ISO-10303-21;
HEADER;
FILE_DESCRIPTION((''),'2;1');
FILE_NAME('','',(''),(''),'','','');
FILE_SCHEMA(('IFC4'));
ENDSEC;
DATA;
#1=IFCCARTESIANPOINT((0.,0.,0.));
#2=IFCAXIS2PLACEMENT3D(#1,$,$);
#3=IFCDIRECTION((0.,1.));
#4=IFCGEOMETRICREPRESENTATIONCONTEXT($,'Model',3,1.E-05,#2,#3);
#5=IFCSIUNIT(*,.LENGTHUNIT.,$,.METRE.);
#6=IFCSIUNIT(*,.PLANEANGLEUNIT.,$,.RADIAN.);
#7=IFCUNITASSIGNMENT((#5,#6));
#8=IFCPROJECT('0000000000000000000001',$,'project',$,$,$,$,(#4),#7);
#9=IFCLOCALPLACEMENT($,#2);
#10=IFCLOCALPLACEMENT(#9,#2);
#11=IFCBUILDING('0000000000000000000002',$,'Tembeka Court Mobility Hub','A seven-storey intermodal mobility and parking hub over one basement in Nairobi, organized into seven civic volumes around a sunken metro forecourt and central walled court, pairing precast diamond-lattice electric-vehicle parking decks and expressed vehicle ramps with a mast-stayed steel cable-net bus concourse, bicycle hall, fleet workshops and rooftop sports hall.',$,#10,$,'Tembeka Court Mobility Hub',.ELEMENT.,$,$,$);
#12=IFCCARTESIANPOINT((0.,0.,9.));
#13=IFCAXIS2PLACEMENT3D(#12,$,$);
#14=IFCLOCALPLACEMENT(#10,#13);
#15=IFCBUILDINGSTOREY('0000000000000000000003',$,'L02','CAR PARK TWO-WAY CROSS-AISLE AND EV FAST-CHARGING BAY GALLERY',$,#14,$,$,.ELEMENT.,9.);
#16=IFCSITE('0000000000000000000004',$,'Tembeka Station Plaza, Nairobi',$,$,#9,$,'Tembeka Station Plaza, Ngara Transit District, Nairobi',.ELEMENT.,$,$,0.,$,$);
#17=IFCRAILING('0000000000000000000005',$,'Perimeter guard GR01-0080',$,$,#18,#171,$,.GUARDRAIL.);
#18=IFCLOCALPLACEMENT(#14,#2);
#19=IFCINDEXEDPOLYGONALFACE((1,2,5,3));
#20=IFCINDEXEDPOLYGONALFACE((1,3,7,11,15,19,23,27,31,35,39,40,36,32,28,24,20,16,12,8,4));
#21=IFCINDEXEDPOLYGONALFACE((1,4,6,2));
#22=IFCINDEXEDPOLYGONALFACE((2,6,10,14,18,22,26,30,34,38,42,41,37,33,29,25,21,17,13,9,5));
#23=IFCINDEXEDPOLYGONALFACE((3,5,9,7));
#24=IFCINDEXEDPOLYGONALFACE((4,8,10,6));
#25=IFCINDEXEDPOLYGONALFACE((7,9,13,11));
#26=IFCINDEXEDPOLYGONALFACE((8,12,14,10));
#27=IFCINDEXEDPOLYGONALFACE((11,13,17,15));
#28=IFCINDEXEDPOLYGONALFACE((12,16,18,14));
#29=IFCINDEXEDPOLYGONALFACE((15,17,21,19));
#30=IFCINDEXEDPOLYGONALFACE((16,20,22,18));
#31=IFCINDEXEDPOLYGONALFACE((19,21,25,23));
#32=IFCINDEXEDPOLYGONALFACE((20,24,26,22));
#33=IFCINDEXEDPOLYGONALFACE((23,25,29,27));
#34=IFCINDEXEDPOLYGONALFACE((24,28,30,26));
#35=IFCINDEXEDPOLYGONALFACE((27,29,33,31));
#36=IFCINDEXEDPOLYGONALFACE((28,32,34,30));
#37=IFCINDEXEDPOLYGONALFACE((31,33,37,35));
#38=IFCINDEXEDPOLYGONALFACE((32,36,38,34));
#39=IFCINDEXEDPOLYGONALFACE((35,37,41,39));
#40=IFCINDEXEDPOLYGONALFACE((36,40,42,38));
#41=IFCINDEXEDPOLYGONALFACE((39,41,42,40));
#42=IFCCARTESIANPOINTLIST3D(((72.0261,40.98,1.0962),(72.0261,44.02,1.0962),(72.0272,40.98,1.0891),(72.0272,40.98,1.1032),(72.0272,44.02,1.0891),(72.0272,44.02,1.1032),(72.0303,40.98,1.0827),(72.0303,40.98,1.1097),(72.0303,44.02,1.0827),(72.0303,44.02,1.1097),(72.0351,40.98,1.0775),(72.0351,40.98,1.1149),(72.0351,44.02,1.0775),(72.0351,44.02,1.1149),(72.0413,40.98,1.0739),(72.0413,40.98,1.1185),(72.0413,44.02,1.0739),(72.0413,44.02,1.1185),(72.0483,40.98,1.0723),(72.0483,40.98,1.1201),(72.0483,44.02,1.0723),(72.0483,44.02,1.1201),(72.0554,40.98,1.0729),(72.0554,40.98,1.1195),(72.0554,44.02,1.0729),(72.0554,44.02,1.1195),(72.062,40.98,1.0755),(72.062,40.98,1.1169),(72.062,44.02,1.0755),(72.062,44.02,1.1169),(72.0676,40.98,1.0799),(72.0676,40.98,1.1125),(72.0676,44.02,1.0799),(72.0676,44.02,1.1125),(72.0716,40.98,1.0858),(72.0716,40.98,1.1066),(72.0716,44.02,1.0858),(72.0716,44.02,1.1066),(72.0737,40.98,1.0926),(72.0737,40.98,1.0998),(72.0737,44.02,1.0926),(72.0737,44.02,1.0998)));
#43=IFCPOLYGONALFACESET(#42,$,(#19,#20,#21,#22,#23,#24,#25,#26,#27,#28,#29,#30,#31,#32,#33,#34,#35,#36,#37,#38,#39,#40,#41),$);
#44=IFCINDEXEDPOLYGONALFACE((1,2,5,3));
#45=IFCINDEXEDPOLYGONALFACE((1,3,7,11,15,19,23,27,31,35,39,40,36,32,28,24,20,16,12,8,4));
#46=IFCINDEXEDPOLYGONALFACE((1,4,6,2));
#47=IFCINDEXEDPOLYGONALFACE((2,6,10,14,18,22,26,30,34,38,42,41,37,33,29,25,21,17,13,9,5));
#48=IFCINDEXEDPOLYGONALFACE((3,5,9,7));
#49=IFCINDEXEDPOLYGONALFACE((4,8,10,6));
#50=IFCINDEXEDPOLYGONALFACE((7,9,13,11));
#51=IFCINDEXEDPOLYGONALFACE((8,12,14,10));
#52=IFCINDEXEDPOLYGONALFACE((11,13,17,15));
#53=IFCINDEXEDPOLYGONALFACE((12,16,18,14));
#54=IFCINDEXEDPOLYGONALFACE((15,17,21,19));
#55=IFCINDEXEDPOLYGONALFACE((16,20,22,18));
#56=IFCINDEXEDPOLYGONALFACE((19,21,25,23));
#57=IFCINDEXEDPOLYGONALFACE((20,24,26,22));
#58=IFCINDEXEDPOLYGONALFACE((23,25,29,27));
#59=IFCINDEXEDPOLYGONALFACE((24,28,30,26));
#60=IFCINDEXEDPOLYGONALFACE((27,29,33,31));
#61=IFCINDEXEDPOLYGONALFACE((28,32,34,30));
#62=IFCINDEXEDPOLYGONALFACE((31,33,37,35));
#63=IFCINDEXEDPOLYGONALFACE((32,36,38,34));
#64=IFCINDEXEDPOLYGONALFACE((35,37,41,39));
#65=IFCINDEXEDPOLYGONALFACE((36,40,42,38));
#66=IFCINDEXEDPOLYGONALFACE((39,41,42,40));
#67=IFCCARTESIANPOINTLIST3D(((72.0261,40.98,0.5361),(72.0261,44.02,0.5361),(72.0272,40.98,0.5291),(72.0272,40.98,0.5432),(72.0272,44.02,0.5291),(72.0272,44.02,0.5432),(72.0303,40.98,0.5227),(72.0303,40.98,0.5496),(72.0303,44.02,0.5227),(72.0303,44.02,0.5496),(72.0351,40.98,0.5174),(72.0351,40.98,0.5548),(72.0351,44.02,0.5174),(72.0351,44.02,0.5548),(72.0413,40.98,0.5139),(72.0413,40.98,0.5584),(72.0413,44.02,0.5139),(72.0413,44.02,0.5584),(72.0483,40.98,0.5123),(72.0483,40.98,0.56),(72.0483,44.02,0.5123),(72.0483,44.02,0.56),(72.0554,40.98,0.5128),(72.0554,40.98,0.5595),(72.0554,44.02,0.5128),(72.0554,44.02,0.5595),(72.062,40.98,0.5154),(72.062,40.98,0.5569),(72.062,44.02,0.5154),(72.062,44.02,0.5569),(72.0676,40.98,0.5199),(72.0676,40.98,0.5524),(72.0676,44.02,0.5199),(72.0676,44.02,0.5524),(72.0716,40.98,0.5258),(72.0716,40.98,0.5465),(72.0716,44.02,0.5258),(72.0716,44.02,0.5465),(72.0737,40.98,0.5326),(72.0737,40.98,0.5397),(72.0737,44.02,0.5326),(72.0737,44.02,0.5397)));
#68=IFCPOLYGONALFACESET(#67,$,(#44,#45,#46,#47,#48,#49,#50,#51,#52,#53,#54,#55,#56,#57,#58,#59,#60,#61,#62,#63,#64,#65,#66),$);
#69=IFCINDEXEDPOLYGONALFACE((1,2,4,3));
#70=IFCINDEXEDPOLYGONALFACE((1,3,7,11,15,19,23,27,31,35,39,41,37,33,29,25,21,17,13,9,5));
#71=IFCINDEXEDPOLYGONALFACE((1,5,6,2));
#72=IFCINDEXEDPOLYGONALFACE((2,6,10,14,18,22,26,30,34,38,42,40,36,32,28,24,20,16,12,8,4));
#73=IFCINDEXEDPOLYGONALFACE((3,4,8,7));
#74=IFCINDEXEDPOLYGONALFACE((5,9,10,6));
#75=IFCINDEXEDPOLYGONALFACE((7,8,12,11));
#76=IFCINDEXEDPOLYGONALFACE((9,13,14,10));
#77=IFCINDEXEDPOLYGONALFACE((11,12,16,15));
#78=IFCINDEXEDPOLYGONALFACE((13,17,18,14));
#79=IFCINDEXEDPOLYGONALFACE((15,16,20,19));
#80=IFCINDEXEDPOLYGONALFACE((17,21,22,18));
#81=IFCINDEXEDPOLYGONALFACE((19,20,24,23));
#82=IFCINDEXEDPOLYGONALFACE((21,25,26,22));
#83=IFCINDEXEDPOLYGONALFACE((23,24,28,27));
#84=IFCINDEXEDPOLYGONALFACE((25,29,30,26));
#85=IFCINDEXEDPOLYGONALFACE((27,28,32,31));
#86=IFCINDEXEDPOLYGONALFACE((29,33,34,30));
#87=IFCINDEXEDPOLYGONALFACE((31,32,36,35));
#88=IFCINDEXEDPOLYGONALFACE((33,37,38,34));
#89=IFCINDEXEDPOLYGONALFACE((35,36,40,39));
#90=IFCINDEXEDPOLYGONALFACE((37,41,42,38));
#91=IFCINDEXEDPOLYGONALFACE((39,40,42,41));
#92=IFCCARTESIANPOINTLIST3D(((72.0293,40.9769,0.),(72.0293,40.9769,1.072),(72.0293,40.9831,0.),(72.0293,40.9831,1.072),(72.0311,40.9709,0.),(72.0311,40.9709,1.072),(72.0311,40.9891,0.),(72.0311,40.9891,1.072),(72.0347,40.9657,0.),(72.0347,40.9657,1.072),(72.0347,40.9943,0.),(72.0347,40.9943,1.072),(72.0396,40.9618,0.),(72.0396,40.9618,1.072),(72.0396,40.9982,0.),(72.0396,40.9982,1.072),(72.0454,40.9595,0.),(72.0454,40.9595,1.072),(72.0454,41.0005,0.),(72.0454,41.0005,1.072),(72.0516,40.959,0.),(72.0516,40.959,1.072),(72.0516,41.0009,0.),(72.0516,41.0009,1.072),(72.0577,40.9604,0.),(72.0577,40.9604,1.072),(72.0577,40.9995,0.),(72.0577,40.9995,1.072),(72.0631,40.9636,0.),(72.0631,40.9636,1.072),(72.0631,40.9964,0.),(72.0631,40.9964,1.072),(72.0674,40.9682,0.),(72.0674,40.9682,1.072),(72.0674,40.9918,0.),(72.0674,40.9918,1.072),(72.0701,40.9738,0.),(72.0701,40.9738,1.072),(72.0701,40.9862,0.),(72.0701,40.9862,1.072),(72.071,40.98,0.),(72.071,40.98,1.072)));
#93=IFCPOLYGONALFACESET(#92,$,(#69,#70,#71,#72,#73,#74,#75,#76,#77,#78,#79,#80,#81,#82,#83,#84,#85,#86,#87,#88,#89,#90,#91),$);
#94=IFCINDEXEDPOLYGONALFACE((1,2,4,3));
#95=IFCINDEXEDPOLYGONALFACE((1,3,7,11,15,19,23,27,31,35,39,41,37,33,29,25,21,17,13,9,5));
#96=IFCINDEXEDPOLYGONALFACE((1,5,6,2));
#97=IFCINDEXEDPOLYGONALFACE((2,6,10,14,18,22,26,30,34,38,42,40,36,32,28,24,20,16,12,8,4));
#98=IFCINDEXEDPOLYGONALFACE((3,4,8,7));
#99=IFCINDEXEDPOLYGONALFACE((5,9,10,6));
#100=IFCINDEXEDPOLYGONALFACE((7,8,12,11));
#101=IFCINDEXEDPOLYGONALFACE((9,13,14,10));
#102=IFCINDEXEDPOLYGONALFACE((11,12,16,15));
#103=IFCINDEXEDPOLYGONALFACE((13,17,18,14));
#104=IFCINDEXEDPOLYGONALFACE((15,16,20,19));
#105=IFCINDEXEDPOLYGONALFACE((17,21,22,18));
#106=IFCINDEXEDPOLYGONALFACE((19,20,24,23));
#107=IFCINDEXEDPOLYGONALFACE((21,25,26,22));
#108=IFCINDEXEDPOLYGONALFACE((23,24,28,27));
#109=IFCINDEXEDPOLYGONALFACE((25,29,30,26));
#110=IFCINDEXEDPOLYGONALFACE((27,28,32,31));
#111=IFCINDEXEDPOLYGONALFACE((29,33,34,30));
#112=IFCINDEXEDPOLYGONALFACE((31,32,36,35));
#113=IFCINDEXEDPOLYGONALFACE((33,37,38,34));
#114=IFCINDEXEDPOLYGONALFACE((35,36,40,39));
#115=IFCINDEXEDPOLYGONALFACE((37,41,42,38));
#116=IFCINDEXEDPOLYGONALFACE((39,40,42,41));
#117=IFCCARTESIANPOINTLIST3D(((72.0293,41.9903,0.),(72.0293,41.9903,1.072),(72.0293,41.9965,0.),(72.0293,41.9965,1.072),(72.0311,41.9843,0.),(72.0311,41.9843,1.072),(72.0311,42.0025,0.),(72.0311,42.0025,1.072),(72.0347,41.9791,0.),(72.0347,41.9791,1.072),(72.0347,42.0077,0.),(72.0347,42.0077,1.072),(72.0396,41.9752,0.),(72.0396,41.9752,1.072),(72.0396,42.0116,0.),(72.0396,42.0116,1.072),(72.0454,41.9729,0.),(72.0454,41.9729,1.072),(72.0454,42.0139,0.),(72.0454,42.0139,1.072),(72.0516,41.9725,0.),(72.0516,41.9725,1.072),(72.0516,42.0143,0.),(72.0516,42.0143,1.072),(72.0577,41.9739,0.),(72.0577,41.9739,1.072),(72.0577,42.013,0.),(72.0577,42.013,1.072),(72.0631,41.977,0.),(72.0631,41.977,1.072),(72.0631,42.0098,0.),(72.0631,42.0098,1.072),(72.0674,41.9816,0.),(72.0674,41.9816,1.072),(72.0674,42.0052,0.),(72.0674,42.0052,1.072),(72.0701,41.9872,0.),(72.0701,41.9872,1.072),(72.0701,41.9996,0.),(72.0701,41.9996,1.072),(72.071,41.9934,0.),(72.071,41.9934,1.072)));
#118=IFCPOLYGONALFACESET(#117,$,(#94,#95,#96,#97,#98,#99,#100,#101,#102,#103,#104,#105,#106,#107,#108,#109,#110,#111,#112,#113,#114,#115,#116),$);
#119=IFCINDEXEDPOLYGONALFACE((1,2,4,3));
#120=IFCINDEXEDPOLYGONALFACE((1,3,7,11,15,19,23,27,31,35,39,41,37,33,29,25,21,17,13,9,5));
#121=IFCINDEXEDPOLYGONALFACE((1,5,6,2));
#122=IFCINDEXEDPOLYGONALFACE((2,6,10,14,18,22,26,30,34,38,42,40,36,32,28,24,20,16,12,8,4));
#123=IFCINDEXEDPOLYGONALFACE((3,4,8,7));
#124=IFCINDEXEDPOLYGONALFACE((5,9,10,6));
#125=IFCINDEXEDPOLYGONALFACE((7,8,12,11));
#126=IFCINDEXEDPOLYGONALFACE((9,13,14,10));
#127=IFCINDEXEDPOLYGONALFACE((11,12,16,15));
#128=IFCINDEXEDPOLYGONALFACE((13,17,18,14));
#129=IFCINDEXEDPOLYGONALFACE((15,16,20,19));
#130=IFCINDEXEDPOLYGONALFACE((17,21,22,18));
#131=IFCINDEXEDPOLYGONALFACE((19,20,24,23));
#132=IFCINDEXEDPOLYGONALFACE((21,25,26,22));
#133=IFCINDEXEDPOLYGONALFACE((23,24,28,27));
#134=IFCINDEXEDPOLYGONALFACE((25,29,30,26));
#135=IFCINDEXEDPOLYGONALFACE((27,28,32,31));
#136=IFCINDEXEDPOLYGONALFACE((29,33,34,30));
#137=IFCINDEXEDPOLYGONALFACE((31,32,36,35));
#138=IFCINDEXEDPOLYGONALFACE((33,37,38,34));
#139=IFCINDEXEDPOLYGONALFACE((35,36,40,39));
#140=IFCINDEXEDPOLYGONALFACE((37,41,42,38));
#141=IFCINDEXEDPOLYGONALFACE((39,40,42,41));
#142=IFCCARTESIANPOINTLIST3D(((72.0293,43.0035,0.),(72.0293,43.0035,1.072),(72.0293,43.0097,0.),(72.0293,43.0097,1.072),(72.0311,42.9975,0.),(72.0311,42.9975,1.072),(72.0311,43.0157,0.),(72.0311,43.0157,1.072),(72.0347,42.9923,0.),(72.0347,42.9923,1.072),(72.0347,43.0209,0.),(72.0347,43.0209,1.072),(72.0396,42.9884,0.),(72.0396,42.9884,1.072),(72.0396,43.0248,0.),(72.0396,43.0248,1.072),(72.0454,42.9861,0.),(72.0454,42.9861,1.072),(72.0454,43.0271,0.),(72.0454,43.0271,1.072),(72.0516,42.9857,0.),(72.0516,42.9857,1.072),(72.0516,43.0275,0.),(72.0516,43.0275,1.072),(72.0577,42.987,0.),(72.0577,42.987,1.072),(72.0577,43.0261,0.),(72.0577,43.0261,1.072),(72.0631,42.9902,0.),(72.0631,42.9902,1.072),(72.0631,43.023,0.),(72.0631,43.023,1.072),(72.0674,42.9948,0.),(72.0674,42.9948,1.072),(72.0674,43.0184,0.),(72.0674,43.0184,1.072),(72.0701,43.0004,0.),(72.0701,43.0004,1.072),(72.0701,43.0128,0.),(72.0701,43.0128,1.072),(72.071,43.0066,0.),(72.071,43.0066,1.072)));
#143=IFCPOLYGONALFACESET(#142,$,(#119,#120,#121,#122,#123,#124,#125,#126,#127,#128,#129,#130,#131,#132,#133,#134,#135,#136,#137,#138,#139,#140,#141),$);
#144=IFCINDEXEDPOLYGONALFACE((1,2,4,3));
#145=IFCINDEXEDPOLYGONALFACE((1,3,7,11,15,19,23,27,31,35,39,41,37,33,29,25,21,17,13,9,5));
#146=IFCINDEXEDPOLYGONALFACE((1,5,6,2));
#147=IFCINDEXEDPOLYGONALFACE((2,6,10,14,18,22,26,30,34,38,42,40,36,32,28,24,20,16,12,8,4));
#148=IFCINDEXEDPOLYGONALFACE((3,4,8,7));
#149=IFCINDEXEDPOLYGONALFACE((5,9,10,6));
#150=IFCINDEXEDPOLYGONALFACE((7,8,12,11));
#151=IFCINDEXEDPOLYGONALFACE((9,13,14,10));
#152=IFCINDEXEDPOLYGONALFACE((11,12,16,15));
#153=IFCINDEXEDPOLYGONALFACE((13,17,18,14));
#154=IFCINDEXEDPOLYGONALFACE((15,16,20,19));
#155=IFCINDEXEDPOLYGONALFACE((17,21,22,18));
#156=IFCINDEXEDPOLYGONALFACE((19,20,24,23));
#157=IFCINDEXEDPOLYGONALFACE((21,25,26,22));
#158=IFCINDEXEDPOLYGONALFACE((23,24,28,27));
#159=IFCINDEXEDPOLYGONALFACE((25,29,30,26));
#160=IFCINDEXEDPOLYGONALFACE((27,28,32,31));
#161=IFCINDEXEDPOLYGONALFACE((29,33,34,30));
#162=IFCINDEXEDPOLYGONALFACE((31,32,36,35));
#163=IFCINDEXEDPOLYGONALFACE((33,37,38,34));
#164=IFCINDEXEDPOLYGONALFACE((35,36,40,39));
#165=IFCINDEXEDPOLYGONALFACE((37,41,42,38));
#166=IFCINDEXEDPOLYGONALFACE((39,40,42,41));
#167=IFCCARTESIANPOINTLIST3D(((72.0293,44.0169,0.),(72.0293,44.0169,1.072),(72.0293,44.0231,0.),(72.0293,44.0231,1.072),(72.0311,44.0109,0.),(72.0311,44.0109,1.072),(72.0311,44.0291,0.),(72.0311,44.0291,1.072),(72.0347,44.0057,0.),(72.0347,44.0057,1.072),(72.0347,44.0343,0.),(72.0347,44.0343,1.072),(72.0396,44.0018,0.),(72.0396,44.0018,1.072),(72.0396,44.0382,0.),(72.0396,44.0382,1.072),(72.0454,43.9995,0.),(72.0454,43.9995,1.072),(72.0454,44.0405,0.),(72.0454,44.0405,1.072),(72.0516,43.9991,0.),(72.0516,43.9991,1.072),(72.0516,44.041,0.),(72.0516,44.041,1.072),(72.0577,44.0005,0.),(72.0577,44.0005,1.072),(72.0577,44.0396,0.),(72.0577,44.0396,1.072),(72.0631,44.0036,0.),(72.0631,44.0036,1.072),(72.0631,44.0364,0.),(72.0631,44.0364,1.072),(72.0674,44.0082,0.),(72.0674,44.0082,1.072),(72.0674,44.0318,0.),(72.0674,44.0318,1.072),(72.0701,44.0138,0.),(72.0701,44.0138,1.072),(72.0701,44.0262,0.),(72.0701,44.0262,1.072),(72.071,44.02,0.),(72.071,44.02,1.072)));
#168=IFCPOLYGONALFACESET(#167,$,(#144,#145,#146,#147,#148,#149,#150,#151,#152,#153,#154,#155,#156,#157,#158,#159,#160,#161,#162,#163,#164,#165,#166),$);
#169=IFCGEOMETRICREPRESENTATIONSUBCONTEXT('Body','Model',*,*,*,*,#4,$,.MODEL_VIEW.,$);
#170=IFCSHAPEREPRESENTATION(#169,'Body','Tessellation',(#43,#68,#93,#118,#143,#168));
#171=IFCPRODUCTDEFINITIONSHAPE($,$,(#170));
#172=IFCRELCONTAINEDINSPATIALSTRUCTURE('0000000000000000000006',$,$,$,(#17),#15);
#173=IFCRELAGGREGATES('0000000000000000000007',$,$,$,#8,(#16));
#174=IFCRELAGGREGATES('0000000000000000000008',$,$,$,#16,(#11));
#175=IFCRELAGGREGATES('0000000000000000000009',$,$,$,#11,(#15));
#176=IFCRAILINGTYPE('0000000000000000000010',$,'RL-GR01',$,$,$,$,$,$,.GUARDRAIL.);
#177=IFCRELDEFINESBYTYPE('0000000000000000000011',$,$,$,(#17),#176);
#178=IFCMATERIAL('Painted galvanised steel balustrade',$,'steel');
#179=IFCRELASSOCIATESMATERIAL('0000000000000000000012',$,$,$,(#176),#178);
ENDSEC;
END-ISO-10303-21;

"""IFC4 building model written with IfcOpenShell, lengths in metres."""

from ifc_helpers import new_model, si_unit, direction, frame, origin, origin_2d, place, context, subcontext, project, spatial, circle, extrude, material, type_object, element, save


model = new_model("IFC4")

# Units and contexts
model_context = context("Model", 3, precision=1e-05, world=origin(), true_north=direction((0.0, 1.0)))
body_context = subcontext(model_context, "Body", "Model", "MODEL_VIEW")
ifc_project = project(units=[si_unit("LENGTHUNIT", "METRE"), si_unit("PLANEANGLEUNIT", "RADIAN")], contexts=[model_context])

# Site, building, storey
site_placement = place(None, origin())
site = spatial("IfcSite", under=ifc_project, at=site_placement, Name="Tembeka Station Plaza, Nairobi", LongName="Tembeka Station Plaza, Ngara Transit District, Nairobi", CompositionType="ELEMENT", RefElevation=0.0)
building_placement = place(site_placement, origin())
building = spatial("IfcBuilding", under=site, at=building_placement, Name="Tembeka Court Mobility Hub", Description="A seven-storey intermodal mobility and parking hub over one basement in Nairobi, organized into seven civic volumes around a sunken metro forecourt and central walled court, pairing precast diamond-lattice electric-vehicle parking decks and expressed vehicle ramps with a mast-stayed steel cable-net bus concourse, bicycle hall, fleet workshops and rooftop sports hall.", LongName="Tembeka Court Mobility Hub", CompositionType="ELEMENT")
storey_placement = place(building_placement, frame((0.0, 0.0, 9.0)))
storey = spatial("IfcBuildingStorey", under=building, at=storey_placement, Name="L02", Description="CAR PARK TWO-WAY CROSS-AISLE AND EV FAST-CHARGING BAY GALLERY", CompositionType="ELEMENT", Elevation=9.0)

# Railing
ifc_material_1 = material(Name="Painted galvanised steel balustrade", Category="steel")
railing_type = type_object("IfcRailingType", Name="RL-GR01", PredefinedType="GUARDRAIL", material=ifc_material_1)
railing_1_placement = place(storey_placement, frame((72.05, 40.98, 0.0)))
element("IfcRailing", 1, at=railing_1_placement, inside=storey, type_object=railing_type, Name="Perimeter guard GR01-0080", PredefinedType="GUARDRAIL", context=body_context, shape_type="SweptSolid", body=[
    extrude(circle(Radius=0.0239, at=origin_2d()), frame((0.0, 0.0, 1.0962), z_axis=(0.0, 1.0, 0.0), x_axis=(-1.0, 0.0, 0.0)), (0.0, 0.0, 1.0), 3.04),
    extrude(circle(Radius=0.0239, at=origin_2d()), frame((0.0, 0.0, 0.5361), z_axis=(0.0, 1.0, 0.0), x_axis=(-1.0, 0.0, 0.0)), (0.0, 0.0, 1.0), 3.04),
    extrude(circle(Radius=0.021, at=origin_2d()), origin(), (0.0, 0.0, 1.0), 1.072),
    extrude(circle(Radius=0.021, at=origin_2d()), frame((0.0, 1.0134, 0.0)), (0.0, 0.0, 1.0), 1.072),
    extrude(circle(Radius=0.021, at=origin_2d()), frame((0.0, 2.0266, 0.0)), (0.0, 0.0, 1.0), 1.072),
    extrude(circle(Radius=0.021, at=origin_2d()), frame((0.0, 3.04, 0.0)), (0.0, 0.0, 1.0), 1.072),
])

save(model, "model.ifc")
